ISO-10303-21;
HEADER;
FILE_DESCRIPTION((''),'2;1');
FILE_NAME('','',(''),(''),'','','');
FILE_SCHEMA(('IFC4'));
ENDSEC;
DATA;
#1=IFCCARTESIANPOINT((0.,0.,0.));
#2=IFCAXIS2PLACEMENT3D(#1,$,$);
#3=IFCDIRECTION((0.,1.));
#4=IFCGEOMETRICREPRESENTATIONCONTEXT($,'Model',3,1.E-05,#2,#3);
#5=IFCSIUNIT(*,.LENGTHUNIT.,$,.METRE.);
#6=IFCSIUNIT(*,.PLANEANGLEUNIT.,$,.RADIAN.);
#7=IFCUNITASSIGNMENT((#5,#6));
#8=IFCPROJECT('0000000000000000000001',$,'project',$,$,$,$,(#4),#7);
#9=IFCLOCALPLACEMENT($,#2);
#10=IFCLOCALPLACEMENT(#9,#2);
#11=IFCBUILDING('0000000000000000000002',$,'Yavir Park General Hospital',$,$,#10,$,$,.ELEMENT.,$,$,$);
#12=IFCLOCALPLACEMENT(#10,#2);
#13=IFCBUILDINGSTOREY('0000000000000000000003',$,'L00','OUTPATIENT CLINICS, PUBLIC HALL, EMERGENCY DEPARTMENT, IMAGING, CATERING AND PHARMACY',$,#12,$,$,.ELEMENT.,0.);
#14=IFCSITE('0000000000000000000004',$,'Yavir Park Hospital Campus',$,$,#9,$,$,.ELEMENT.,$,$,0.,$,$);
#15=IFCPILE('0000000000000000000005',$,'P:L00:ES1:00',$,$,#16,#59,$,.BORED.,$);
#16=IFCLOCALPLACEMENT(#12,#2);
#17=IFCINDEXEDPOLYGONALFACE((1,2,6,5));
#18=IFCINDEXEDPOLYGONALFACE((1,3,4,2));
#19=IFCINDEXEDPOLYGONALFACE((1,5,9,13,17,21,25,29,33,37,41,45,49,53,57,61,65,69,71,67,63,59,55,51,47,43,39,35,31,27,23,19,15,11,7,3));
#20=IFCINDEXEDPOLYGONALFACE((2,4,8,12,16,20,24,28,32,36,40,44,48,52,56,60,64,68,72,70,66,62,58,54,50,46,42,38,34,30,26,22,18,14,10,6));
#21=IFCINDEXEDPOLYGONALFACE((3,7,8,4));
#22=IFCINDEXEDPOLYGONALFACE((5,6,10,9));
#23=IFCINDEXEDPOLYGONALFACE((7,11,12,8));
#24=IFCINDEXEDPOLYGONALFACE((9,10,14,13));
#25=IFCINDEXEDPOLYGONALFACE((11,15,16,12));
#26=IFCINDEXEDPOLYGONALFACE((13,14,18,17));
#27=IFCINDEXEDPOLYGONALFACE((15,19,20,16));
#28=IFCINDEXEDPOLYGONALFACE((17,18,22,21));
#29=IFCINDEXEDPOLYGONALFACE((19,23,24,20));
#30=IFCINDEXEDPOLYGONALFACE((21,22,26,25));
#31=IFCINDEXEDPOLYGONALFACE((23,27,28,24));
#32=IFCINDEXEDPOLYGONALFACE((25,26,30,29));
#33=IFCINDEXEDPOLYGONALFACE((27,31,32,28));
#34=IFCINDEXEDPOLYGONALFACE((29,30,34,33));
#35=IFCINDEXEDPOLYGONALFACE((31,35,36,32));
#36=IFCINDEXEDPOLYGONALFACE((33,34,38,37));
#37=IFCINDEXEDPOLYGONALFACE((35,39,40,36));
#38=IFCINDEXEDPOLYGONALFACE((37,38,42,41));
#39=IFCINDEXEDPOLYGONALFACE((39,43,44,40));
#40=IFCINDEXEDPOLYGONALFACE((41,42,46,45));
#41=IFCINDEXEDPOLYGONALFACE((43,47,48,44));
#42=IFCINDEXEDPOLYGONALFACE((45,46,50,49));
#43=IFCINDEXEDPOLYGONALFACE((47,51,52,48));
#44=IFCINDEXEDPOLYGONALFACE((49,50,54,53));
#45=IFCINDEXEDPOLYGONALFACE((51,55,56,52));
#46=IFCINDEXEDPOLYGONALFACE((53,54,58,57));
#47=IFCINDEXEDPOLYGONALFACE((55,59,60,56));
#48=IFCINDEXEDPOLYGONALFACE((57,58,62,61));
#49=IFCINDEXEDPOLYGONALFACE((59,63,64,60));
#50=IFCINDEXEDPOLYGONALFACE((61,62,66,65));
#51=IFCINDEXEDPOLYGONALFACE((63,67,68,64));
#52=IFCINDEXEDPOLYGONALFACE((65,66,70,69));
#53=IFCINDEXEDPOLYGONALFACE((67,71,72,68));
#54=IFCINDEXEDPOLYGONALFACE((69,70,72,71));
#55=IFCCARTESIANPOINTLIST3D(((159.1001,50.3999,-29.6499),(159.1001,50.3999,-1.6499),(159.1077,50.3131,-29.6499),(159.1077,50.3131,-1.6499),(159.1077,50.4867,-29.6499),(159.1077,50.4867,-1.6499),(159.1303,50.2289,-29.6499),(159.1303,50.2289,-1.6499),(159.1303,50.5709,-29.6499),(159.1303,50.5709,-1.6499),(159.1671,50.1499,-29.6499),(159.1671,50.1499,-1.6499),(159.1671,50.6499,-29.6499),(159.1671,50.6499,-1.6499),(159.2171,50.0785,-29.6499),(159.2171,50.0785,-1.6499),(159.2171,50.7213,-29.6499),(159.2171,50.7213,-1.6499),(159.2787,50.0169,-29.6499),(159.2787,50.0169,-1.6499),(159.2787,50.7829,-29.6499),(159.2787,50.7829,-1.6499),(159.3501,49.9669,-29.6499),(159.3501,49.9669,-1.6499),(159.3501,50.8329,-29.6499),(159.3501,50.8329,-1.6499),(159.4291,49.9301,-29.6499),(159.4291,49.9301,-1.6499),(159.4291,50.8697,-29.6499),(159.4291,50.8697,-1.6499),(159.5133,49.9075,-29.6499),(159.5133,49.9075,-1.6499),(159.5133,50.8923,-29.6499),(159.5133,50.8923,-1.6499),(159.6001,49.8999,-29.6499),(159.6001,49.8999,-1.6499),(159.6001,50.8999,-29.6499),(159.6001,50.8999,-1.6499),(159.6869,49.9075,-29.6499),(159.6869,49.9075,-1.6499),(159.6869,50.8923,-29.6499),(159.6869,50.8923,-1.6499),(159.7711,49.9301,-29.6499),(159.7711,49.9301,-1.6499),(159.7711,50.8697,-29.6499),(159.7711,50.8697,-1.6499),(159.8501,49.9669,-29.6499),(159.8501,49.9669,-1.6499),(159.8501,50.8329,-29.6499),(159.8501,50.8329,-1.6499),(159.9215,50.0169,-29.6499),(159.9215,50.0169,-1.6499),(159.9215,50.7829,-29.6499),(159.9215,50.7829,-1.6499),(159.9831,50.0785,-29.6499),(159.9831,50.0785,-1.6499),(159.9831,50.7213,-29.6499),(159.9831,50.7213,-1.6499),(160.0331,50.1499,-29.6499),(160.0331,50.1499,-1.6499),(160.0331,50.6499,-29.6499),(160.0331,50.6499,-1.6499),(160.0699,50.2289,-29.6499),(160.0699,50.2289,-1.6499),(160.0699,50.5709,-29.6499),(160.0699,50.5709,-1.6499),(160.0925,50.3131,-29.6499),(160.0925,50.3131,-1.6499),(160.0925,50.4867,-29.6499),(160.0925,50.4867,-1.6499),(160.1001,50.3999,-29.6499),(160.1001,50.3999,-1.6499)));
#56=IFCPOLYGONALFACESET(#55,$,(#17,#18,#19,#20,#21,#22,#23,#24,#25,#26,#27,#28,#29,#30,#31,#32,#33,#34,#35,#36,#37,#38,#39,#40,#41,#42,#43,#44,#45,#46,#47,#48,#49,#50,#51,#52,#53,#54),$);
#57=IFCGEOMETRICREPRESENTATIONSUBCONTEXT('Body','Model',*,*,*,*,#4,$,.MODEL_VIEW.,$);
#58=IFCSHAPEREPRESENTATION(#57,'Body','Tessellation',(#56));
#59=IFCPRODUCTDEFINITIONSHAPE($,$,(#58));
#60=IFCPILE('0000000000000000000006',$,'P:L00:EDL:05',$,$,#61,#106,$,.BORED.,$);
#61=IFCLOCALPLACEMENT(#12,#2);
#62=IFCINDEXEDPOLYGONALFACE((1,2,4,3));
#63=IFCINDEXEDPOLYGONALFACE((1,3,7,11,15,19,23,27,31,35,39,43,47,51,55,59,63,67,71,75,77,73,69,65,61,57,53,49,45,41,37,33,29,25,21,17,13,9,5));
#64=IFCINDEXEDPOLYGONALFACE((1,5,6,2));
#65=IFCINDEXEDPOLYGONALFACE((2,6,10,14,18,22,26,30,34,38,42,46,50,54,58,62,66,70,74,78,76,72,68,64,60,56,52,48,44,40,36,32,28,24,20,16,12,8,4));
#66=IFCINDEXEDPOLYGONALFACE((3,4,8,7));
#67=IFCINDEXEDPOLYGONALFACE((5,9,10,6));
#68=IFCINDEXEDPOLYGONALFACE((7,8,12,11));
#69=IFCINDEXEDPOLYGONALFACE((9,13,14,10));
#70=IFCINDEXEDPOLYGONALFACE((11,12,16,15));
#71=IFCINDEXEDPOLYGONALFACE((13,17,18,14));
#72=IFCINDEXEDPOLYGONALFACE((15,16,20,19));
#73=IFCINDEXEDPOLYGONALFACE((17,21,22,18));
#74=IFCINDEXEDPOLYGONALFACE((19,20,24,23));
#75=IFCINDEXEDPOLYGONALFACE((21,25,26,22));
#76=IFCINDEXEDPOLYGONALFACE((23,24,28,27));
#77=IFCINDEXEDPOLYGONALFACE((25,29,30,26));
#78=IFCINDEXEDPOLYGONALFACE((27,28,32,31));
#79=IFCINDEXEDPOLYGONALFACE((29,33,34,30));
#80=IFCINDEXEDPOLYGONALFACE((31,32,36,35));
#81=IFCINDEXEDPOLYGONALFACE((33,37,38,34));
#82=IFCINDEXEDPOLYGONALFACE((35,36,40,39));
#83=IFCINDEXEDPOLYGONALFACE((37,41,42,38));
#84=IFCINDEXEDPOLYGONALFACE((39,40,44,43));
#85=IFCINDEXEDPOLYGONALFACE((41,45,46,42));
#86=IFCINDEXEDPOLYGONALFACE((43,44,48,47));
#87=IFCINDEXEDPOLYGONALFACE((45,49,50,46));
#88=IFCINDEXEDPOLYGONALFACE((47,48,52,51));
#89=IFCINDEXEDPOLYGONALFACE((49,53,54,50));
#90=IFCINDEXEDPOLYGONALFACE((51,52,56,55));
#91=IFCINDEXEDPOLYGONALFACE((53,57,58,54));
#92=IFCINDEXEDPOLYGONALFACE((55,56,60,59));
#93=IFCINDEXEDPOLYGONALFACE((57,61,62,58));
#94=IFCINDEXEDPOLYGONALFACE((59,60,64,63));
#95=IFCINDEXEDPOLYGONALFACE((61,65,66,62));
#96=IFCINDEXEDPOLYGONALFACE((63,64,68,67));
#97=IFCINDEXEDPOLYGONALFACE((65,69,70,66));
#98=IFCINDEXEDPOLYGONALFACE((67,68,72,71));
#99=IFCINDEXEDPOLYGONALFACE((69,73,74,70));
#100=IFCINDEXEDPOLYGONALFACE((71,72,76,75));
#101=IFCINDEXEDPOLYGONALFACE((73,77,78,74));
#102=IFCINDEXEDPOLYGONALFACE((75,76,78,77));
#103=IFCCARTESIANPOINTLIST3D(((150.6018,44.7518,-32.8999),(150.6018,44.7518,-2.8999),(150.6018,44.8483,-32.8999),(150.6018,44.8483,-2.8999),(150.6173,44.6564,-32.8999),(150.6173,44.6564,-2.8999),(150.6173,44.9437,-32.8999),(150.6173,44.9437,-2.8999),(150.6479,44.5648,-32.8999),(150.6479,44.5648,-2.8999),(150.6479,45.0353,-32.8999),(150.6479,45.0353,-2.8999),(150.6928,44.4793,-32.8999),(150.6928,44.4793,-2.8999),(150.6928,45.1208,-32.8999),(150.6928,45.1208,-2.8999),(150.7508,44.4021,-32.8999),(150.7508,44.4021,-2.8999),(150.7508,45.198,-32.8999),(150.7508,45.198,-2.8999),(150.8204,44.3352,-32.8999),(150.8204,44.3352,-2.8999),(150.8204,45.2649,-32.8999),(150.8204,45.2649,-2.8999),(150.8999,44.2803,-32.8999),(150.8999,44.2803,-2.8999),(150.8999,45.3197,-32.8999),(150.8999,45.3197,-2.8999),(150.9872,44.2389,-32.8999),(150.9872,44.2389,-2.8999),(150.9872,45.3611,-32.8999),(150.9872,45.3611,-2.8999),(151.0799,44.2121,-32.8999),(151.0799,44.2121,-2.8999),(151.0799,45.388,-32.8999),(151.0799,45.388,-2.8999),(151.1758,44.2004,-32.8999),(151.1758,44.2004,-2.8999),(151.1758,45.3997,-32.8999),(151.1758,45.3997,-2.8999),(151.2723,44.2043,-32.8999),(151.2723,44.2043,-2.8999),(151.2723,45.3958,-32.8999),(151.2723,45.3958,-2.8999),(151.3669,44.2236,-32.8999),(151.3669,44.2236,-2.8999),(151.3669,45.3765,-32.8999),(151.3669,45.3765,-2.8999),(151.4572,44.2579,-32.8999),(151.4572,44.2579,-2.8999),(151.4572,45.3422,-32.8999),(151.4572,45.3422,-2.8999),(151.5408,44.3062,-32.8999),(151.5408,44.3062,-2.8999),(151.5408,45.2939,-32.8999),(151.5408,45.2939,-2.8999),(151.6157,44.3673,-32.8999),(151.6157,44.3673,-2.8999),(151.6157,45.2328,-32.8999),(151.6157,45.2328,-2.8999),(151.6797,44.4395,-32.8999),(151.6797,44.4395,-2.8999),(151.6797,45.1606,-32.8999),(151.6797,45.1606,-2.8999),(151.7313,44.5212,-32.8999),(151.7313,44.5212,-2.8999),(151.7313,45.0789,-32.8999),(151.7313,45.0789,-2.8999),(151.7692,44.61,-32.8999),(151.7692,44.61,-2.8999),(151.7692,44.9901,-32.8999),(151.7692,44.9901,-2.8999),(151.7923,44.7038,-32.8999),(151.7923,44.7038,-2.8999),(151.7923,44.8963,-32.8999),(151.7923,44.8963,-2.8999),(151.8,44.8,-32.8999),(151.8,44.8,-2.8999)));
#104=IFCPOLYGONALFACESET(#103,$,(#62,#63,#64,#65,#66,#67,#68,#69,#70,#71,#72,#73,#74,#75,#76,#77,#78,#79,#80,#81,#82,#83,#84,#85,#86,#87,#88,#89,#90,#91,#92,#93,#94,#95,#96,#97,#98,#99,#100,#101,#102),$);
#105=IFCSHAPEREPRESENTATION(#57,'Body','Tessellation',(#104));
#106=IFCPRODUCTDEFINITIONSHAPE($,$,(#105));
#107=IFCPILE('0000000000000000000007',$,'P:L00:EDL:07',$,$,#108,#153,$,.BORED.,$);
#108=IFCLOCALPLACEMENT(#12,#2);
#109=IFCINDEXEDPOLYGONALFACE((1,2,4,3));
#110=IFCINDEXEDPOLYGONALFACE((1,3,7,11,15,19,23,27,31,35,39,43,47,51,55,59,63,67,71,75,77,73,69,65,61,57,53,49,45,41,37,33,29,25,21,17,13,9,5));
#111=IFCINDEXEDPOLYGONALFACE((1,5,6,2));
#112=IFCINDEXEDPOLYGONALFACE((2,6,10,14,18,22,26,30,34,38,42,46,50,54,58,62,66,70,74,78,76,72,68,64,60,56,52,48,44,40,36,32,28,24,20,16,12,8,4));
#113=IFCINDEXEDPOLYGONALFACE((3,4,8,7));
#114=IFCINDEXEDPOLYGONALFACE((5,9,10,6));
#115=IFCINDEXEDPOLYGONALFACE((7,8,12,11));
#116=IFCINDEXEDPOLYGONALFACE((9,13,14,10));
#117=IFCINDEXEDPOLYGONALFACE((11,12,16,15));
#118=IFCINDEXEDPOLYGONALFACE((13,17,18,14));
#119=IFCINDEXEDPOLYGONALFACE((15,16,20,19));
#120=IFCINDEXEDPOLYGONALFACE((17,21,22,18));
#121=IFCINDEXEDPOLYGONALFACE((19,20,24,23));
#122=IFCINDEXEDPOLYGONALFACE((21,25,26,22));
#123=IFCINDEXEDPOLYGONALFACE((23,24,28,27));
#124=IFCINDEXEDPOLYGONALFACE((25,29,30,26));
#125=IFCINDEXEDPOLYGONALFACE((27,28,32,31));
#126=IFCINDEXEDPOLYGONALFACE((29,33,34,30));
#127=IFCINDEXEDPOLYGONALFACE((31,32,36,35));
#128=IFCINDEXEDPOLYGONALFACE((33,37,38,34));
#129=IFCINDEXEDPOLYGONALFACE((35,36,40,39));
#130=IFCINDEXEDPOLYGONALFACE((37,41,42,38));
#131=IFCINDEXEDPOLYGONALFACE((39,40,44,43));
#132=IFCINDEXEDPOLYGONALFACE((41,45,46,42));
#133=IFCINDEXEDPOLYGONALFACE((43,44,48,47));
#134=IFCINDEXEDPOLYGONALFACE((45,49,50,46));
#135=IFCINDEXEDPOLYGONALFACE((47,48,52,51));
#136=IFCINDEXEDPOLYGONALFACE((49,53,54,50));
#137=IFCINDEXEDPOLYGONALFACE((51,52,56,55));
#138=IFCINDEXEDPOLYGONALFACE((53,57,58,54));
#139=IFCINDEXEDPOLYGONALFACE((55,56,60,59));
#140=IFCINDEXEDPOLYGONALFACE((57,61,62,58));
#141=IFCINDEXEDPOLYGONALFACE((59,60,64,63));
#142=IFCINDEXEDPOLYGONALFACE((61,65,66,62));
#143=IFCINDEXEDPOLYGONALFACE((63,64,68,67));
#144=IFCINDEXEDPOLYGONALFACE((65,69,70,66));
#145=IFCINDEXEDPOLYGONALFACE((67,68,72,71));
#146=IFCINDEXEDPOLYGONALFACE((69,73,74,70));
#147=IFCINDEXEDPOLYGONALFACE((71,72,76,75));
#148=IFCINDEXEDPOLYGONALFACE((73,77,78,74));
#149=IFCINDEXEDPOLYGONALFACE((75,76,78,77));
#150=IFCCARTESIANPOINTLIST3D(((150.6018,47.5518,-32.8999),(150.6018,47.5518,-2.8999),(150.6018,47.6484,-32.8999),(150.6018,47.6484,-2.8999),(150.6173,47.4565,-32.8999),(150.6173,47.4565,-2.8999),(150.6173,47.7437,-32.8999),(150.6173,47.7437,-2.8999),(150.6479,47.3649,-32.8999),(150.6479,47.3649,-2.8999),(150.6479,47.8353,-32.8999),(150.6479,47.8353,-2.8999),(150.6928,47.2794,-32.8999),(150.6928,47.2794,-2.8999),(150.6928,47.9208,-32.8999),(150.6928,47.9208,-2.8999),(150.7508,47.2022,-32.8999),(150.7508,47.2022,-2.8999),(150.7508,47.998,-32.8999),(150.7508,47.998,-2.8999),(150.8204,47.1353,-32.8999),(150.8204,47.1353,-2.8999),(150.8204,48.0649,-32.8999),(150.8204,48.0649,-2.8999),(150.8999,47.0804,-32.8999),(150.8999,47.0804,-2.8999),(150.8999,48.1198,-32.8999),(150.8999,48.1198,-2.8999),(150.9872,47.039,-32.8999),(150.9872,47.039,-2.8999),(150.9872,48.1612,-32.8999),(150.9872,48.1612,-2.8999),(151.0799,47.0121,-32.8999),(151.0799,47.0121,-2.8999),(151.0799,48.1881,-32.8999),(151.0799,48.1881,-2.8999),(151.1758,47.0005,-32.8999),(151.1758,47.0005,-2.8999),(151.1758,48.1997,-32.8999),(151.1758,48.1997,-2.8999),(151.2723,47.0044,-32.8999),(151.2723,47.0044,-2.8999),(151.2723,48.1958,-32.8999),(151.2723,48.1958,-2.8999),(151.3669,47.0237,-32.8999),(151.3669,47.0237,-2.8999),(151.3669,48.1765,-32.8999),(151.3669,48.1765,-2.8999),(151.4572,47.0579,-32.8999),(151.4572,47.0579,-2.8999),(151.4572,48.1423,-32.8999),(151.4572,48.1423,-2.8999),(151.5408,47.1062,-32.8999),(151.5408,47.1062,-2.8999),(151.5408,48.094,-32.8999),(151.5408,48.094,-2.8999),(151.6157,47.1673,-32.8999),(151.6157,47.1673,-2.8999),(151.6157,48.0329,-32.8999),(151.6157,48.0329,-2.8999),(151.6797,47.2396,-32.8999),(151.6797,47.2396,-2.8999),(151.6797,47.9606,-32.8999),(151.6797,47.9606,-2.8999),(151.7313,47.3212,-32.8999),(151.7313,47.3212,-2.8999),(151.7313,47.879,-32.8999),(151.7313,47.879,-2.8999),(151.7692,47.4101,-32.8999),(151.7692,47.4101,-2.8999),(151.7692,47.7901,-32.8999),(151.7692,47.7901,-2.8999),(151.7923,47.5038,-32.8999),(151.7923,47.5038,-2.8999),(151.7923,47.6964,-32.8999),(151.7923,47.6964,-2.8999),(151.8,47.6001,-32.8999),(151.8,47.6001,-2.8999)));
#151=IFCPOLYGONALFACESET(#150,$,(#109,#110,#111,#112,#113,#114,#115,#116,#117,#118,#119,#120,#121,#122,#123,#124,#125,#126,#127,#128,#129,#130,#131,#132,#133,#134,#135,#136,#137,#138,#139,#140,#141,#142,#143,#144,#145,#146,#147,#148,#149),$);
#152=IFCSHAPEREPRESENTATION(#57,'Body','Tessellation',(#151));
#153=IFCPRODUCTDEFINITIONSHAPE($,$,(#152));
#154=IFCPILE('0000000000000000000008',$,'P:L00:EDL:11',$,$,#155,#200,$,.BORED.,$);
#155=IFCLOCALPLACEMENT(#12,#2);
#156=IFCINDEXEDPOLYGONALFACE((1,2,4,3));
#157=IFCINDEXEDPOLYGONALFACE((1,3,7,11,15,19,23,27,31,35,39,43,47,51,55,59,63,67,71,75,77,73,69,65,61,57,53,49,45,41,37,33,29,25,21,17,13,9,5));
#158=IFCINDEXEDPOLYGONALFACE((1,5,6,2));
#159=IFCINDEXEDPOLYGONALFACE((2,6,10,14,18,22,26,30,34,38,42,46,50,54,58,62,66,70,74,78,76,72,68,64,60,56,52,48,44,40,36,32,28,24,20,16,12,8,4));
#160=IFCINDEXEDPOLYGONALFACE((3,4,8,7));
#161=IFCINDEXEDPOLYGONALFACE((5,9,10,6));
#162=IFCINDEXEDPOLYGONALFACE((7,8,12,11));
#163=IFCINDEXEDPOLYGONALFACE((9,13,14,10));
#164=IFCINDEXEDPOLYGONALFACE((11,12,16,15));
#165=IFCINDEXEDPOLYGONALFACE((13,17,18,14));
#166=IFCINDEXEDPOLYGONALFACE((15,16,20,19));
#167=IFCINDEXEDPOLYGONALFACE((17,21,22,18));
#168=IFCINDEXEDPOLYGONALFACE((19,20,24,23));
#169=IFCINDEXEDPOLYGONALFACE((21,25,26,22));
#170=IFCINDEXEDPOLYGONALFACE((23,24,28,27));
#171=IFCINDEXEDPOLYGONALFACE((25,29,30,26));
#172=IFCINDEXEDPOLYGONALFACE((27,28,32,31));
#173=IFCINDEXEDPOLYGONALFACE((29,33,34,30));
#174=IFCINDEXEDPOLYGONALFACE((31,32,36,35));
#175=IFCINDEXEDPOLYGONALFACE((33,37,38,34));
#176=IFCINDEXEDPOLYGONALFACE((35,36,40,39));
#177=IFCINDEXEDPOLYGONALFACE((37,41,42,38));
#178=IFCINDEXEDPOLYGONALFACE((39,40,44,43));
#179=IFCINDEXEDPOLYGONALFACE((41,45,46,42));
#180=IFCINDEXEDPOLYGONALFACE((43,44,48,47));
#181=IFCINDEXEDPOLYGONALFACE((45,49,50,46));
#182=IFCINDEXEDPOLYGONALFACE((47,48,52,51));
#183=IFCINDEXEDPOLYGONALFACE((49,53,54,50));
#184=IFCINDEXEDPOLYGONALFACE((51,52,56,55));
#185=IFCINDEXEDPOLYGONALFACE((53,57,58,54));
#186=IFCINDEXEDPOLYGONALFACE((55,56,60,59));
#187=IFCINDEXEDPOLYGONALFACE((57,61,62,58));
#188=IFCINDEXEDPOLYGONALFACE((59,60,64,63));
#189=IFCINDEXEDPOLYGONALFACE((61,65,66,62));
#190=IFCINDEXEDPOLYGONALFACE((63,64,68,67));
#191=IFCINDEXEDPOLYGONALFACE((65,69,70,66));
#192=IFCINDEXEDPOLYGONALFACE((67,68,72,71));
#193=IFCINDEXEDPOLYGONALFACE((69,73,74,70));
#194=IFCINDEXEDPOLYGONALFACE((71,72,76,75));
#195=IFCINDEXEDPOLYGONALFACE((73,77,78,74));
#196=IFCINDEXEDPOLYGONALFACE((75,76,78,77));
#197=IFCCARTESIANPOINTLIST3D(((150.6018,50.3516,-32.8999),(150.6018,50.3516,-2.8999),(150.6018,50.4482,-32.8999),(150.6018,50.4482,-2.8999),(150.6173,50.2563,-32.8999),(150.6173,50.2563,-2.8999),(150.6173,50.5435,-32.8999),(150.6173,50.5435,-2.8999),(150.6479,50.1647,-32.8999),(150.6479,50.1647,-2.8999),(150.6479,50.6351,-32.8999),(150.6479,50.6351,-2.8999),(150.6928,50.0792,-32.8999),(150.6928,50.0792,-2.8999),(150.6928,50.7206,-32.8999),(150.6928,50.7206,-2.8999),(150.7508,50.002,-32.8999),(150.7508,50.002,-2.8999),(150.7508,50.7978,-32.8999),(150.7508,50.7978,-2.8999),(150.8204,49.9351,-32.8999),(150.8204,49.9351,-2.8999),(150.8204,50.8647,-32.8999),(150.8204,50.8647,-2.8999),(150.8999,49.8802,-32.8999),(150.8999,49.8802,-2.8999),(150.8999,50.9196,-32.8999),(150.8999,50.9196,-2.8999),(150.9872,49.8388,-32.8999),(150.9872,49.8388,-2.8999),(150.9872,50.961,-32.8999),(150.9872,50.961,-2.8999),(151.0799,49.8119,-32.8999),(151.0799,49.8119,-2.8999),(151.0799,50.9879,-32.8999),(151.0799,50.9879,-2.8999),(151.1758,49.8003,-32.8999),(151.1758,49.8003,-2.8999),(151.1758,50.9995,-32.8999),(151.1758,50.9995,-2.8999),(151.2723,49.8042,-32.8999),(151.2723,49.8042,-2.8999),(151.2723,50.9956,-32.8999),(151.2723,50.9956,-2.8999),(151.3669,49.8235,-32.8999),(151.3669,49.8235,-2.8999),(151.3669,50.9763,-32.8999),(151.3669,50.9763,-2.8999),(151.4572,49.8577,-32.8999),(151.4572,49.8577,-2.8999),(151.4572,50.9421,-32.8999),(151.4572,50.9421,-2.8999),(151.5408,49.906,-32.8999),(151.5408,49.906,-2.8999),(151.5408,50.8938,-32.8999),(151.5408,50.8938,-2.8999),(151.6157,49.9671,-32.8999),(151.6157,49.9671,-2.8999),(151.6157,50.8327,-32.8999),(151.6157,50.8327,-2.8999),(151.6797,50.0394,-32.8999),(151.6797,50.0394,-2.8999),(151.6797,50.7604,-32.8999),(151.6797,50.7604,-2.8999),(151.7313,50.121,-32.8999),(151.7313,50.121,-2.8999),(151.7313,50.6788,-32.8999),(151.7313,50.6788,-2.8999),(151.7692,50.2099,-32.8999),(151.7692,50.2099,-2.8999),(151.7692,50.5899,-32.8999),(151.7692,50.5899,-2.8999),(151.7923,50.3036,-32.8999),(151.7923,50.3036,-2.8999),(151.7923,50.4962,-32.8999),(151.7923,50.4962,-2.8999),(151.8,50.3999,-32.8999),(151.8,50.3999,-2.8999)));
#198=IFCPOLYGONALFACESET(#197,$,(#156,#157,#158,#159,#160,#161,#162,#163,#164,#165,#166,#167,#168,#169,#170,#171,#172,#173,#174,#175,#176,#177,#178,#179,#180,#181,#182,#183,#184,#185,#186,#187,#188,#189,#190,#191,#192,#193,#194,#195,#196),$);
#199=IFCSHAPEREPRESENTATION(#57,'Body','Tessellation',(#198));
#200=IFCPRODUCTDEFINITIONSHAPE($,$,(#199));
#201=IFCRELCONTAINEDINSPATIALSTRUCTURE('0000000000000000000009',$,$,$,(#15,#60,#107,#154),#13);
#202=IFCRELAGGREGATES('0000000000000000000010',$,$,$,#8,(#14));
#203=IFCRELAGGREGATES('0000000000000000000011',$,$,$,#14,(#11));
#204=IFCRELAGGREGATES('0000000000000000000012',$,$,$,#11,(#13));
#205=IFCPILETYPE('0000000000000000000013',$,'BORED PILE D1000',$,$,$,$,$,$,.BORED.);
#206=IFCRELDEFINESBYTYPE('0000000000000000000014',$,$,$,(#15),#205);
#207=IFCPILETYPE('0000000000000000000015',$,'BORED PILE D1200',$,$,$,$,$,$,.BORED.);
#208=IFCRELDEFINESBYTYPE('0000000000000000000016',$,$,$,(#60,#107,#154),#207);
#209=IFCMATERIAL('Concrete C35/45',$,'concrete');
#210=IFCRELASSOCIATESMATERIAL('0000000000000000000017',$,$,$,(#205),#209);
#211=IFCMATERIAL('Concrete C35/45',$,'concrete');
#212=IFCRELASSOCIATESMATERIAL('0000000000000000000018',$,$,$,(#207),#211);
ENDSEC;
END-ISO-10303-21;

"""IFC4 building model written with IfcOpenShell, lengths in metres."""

from ifc_helpers import new_model, si_unit, direction, frame, origin, origin_2d, place, context, subcontext, project, spatial, circle, extrude, material, material_profile, profile_set, type_object, element, save


model = new_model("IFC4")

# Units and contexts
model_context = context("Model", 3, precision=1e-05, world=origin(), true_north=direction((0.0, 1.0)))
body_context = subcontext(model_context, "Body", "Model", "MODEL_VIEW")
ifc_project = project(units=[si_unit("LENGTHUNIT", "METRE"), si_unit("PLANEANGLEUNIT", "RADIAN")], contexts=[model_context])

# Site, building, storey
site_placement = place(None, origin())
site = spatial("IfcSite", under=ifc_project, at=site_placement, Name="Yavir Park Hospital Campus", CompositionType="ELEMENT", RefElevation=0.0)
building_placement = place(site_placement, origin())
building = spatial("IfcBuilding", under=site, at=building_placement, Name="Yavir Park General Hospital", CompositionType="ELEMENT")
storey_placement = place(building_placement, origin())
storey = spatial("IfcBuildingStorey", under=building, at=storey_placement, Name="L00", Description="OUTPATIENT CLINICS, PUBLIC HALL, EMERGENCY DEPARTMENT, IMAGING, CATERING AND PHARMACY", CompositionType="ELEMENT", Elevation=0.0)

# Piles
ifc_material_1 = material(Name="Concrete C35/45", Category="concrete")
ifc_material_profile_1 = material_profile(ifc_material_1, circle(Radius=0.5, at=origin_2d()), Name="D1000")
ifc_profile_set_1 = profile_set([ifc_material_profile_1], Name="Concrete C35/45")
pile_type_1 = type_object("IfcPileType", Name="BORED PILE D1000", PredefinedType="BORED", material=ifc_profile_set_1)
pile_placement = place(storey_placement, frame((159.6001, 50.3999, -1.6499), z_axis=(0.0, 0.0, -1.0), x_axis=(1.0, 0.0, 0.0)))
element("IfcPile", 1, at=pile_placement, inside=storey, type_object=pile_type_1, Name="P:L00:ES1:00", PredefinedType="BORED", context=body_context, shape_type="SweptSolid", body=[
    extrude(circle(Radius=0.5, at=origin_2d()), origin(), (0.0, 0.0, 1.0), 28.0),
])
ifc_material_2 = material(Name="Concrete C35/45", Category="concrete")
ifc_material_profile_2 = material_profile(ifc_material_2, circle(Radius=0.6001, at=origin_2d()), Name="D1200")
ifc_profile_set_2 = profile_set([ifc_material_profile_2], Name="Concrete C35/45")
pile_type_2 = type_object("IfcPileType", Name="BORED PILE D1200", PredefinedType="BORED", material=ifc_profile_set_2)
for number, where, z_axis, x_axis, name in (
    (2, (151.2, 44.8, -2.8999), (0.0, 0.0, -1.0), (1.0, 0.0, 0.0), "P:L00:EDL:05"),
    (3, (151.2, 47.6001, -2.8999), (0.0, 0.0, -1.0), (1.0, 0.0, 0.0), "P:L00:EDL:07"),
    (4, (151.2, 50.3999, -2.8999), (0.0, 0.0, -1.0), (1.0, 0.0, 0.0), "P:L00:EDL:11"),
):
    element("IfcPile", number, at=place(storey_placement, frame(where, z_axis=z_axis, x_axis=x_axis)), inside=storey, type_object=pile_type_2, Name=name, PredefinedType="BORED", context=body_context, shape_type="SweptSolid", body=[
        extrude(circle(Radius=0.6001, at=origin_2d()), origin(), (0.0, 0.0, 1.0), 30.0),
    ])

save(model, "model.ifc")
